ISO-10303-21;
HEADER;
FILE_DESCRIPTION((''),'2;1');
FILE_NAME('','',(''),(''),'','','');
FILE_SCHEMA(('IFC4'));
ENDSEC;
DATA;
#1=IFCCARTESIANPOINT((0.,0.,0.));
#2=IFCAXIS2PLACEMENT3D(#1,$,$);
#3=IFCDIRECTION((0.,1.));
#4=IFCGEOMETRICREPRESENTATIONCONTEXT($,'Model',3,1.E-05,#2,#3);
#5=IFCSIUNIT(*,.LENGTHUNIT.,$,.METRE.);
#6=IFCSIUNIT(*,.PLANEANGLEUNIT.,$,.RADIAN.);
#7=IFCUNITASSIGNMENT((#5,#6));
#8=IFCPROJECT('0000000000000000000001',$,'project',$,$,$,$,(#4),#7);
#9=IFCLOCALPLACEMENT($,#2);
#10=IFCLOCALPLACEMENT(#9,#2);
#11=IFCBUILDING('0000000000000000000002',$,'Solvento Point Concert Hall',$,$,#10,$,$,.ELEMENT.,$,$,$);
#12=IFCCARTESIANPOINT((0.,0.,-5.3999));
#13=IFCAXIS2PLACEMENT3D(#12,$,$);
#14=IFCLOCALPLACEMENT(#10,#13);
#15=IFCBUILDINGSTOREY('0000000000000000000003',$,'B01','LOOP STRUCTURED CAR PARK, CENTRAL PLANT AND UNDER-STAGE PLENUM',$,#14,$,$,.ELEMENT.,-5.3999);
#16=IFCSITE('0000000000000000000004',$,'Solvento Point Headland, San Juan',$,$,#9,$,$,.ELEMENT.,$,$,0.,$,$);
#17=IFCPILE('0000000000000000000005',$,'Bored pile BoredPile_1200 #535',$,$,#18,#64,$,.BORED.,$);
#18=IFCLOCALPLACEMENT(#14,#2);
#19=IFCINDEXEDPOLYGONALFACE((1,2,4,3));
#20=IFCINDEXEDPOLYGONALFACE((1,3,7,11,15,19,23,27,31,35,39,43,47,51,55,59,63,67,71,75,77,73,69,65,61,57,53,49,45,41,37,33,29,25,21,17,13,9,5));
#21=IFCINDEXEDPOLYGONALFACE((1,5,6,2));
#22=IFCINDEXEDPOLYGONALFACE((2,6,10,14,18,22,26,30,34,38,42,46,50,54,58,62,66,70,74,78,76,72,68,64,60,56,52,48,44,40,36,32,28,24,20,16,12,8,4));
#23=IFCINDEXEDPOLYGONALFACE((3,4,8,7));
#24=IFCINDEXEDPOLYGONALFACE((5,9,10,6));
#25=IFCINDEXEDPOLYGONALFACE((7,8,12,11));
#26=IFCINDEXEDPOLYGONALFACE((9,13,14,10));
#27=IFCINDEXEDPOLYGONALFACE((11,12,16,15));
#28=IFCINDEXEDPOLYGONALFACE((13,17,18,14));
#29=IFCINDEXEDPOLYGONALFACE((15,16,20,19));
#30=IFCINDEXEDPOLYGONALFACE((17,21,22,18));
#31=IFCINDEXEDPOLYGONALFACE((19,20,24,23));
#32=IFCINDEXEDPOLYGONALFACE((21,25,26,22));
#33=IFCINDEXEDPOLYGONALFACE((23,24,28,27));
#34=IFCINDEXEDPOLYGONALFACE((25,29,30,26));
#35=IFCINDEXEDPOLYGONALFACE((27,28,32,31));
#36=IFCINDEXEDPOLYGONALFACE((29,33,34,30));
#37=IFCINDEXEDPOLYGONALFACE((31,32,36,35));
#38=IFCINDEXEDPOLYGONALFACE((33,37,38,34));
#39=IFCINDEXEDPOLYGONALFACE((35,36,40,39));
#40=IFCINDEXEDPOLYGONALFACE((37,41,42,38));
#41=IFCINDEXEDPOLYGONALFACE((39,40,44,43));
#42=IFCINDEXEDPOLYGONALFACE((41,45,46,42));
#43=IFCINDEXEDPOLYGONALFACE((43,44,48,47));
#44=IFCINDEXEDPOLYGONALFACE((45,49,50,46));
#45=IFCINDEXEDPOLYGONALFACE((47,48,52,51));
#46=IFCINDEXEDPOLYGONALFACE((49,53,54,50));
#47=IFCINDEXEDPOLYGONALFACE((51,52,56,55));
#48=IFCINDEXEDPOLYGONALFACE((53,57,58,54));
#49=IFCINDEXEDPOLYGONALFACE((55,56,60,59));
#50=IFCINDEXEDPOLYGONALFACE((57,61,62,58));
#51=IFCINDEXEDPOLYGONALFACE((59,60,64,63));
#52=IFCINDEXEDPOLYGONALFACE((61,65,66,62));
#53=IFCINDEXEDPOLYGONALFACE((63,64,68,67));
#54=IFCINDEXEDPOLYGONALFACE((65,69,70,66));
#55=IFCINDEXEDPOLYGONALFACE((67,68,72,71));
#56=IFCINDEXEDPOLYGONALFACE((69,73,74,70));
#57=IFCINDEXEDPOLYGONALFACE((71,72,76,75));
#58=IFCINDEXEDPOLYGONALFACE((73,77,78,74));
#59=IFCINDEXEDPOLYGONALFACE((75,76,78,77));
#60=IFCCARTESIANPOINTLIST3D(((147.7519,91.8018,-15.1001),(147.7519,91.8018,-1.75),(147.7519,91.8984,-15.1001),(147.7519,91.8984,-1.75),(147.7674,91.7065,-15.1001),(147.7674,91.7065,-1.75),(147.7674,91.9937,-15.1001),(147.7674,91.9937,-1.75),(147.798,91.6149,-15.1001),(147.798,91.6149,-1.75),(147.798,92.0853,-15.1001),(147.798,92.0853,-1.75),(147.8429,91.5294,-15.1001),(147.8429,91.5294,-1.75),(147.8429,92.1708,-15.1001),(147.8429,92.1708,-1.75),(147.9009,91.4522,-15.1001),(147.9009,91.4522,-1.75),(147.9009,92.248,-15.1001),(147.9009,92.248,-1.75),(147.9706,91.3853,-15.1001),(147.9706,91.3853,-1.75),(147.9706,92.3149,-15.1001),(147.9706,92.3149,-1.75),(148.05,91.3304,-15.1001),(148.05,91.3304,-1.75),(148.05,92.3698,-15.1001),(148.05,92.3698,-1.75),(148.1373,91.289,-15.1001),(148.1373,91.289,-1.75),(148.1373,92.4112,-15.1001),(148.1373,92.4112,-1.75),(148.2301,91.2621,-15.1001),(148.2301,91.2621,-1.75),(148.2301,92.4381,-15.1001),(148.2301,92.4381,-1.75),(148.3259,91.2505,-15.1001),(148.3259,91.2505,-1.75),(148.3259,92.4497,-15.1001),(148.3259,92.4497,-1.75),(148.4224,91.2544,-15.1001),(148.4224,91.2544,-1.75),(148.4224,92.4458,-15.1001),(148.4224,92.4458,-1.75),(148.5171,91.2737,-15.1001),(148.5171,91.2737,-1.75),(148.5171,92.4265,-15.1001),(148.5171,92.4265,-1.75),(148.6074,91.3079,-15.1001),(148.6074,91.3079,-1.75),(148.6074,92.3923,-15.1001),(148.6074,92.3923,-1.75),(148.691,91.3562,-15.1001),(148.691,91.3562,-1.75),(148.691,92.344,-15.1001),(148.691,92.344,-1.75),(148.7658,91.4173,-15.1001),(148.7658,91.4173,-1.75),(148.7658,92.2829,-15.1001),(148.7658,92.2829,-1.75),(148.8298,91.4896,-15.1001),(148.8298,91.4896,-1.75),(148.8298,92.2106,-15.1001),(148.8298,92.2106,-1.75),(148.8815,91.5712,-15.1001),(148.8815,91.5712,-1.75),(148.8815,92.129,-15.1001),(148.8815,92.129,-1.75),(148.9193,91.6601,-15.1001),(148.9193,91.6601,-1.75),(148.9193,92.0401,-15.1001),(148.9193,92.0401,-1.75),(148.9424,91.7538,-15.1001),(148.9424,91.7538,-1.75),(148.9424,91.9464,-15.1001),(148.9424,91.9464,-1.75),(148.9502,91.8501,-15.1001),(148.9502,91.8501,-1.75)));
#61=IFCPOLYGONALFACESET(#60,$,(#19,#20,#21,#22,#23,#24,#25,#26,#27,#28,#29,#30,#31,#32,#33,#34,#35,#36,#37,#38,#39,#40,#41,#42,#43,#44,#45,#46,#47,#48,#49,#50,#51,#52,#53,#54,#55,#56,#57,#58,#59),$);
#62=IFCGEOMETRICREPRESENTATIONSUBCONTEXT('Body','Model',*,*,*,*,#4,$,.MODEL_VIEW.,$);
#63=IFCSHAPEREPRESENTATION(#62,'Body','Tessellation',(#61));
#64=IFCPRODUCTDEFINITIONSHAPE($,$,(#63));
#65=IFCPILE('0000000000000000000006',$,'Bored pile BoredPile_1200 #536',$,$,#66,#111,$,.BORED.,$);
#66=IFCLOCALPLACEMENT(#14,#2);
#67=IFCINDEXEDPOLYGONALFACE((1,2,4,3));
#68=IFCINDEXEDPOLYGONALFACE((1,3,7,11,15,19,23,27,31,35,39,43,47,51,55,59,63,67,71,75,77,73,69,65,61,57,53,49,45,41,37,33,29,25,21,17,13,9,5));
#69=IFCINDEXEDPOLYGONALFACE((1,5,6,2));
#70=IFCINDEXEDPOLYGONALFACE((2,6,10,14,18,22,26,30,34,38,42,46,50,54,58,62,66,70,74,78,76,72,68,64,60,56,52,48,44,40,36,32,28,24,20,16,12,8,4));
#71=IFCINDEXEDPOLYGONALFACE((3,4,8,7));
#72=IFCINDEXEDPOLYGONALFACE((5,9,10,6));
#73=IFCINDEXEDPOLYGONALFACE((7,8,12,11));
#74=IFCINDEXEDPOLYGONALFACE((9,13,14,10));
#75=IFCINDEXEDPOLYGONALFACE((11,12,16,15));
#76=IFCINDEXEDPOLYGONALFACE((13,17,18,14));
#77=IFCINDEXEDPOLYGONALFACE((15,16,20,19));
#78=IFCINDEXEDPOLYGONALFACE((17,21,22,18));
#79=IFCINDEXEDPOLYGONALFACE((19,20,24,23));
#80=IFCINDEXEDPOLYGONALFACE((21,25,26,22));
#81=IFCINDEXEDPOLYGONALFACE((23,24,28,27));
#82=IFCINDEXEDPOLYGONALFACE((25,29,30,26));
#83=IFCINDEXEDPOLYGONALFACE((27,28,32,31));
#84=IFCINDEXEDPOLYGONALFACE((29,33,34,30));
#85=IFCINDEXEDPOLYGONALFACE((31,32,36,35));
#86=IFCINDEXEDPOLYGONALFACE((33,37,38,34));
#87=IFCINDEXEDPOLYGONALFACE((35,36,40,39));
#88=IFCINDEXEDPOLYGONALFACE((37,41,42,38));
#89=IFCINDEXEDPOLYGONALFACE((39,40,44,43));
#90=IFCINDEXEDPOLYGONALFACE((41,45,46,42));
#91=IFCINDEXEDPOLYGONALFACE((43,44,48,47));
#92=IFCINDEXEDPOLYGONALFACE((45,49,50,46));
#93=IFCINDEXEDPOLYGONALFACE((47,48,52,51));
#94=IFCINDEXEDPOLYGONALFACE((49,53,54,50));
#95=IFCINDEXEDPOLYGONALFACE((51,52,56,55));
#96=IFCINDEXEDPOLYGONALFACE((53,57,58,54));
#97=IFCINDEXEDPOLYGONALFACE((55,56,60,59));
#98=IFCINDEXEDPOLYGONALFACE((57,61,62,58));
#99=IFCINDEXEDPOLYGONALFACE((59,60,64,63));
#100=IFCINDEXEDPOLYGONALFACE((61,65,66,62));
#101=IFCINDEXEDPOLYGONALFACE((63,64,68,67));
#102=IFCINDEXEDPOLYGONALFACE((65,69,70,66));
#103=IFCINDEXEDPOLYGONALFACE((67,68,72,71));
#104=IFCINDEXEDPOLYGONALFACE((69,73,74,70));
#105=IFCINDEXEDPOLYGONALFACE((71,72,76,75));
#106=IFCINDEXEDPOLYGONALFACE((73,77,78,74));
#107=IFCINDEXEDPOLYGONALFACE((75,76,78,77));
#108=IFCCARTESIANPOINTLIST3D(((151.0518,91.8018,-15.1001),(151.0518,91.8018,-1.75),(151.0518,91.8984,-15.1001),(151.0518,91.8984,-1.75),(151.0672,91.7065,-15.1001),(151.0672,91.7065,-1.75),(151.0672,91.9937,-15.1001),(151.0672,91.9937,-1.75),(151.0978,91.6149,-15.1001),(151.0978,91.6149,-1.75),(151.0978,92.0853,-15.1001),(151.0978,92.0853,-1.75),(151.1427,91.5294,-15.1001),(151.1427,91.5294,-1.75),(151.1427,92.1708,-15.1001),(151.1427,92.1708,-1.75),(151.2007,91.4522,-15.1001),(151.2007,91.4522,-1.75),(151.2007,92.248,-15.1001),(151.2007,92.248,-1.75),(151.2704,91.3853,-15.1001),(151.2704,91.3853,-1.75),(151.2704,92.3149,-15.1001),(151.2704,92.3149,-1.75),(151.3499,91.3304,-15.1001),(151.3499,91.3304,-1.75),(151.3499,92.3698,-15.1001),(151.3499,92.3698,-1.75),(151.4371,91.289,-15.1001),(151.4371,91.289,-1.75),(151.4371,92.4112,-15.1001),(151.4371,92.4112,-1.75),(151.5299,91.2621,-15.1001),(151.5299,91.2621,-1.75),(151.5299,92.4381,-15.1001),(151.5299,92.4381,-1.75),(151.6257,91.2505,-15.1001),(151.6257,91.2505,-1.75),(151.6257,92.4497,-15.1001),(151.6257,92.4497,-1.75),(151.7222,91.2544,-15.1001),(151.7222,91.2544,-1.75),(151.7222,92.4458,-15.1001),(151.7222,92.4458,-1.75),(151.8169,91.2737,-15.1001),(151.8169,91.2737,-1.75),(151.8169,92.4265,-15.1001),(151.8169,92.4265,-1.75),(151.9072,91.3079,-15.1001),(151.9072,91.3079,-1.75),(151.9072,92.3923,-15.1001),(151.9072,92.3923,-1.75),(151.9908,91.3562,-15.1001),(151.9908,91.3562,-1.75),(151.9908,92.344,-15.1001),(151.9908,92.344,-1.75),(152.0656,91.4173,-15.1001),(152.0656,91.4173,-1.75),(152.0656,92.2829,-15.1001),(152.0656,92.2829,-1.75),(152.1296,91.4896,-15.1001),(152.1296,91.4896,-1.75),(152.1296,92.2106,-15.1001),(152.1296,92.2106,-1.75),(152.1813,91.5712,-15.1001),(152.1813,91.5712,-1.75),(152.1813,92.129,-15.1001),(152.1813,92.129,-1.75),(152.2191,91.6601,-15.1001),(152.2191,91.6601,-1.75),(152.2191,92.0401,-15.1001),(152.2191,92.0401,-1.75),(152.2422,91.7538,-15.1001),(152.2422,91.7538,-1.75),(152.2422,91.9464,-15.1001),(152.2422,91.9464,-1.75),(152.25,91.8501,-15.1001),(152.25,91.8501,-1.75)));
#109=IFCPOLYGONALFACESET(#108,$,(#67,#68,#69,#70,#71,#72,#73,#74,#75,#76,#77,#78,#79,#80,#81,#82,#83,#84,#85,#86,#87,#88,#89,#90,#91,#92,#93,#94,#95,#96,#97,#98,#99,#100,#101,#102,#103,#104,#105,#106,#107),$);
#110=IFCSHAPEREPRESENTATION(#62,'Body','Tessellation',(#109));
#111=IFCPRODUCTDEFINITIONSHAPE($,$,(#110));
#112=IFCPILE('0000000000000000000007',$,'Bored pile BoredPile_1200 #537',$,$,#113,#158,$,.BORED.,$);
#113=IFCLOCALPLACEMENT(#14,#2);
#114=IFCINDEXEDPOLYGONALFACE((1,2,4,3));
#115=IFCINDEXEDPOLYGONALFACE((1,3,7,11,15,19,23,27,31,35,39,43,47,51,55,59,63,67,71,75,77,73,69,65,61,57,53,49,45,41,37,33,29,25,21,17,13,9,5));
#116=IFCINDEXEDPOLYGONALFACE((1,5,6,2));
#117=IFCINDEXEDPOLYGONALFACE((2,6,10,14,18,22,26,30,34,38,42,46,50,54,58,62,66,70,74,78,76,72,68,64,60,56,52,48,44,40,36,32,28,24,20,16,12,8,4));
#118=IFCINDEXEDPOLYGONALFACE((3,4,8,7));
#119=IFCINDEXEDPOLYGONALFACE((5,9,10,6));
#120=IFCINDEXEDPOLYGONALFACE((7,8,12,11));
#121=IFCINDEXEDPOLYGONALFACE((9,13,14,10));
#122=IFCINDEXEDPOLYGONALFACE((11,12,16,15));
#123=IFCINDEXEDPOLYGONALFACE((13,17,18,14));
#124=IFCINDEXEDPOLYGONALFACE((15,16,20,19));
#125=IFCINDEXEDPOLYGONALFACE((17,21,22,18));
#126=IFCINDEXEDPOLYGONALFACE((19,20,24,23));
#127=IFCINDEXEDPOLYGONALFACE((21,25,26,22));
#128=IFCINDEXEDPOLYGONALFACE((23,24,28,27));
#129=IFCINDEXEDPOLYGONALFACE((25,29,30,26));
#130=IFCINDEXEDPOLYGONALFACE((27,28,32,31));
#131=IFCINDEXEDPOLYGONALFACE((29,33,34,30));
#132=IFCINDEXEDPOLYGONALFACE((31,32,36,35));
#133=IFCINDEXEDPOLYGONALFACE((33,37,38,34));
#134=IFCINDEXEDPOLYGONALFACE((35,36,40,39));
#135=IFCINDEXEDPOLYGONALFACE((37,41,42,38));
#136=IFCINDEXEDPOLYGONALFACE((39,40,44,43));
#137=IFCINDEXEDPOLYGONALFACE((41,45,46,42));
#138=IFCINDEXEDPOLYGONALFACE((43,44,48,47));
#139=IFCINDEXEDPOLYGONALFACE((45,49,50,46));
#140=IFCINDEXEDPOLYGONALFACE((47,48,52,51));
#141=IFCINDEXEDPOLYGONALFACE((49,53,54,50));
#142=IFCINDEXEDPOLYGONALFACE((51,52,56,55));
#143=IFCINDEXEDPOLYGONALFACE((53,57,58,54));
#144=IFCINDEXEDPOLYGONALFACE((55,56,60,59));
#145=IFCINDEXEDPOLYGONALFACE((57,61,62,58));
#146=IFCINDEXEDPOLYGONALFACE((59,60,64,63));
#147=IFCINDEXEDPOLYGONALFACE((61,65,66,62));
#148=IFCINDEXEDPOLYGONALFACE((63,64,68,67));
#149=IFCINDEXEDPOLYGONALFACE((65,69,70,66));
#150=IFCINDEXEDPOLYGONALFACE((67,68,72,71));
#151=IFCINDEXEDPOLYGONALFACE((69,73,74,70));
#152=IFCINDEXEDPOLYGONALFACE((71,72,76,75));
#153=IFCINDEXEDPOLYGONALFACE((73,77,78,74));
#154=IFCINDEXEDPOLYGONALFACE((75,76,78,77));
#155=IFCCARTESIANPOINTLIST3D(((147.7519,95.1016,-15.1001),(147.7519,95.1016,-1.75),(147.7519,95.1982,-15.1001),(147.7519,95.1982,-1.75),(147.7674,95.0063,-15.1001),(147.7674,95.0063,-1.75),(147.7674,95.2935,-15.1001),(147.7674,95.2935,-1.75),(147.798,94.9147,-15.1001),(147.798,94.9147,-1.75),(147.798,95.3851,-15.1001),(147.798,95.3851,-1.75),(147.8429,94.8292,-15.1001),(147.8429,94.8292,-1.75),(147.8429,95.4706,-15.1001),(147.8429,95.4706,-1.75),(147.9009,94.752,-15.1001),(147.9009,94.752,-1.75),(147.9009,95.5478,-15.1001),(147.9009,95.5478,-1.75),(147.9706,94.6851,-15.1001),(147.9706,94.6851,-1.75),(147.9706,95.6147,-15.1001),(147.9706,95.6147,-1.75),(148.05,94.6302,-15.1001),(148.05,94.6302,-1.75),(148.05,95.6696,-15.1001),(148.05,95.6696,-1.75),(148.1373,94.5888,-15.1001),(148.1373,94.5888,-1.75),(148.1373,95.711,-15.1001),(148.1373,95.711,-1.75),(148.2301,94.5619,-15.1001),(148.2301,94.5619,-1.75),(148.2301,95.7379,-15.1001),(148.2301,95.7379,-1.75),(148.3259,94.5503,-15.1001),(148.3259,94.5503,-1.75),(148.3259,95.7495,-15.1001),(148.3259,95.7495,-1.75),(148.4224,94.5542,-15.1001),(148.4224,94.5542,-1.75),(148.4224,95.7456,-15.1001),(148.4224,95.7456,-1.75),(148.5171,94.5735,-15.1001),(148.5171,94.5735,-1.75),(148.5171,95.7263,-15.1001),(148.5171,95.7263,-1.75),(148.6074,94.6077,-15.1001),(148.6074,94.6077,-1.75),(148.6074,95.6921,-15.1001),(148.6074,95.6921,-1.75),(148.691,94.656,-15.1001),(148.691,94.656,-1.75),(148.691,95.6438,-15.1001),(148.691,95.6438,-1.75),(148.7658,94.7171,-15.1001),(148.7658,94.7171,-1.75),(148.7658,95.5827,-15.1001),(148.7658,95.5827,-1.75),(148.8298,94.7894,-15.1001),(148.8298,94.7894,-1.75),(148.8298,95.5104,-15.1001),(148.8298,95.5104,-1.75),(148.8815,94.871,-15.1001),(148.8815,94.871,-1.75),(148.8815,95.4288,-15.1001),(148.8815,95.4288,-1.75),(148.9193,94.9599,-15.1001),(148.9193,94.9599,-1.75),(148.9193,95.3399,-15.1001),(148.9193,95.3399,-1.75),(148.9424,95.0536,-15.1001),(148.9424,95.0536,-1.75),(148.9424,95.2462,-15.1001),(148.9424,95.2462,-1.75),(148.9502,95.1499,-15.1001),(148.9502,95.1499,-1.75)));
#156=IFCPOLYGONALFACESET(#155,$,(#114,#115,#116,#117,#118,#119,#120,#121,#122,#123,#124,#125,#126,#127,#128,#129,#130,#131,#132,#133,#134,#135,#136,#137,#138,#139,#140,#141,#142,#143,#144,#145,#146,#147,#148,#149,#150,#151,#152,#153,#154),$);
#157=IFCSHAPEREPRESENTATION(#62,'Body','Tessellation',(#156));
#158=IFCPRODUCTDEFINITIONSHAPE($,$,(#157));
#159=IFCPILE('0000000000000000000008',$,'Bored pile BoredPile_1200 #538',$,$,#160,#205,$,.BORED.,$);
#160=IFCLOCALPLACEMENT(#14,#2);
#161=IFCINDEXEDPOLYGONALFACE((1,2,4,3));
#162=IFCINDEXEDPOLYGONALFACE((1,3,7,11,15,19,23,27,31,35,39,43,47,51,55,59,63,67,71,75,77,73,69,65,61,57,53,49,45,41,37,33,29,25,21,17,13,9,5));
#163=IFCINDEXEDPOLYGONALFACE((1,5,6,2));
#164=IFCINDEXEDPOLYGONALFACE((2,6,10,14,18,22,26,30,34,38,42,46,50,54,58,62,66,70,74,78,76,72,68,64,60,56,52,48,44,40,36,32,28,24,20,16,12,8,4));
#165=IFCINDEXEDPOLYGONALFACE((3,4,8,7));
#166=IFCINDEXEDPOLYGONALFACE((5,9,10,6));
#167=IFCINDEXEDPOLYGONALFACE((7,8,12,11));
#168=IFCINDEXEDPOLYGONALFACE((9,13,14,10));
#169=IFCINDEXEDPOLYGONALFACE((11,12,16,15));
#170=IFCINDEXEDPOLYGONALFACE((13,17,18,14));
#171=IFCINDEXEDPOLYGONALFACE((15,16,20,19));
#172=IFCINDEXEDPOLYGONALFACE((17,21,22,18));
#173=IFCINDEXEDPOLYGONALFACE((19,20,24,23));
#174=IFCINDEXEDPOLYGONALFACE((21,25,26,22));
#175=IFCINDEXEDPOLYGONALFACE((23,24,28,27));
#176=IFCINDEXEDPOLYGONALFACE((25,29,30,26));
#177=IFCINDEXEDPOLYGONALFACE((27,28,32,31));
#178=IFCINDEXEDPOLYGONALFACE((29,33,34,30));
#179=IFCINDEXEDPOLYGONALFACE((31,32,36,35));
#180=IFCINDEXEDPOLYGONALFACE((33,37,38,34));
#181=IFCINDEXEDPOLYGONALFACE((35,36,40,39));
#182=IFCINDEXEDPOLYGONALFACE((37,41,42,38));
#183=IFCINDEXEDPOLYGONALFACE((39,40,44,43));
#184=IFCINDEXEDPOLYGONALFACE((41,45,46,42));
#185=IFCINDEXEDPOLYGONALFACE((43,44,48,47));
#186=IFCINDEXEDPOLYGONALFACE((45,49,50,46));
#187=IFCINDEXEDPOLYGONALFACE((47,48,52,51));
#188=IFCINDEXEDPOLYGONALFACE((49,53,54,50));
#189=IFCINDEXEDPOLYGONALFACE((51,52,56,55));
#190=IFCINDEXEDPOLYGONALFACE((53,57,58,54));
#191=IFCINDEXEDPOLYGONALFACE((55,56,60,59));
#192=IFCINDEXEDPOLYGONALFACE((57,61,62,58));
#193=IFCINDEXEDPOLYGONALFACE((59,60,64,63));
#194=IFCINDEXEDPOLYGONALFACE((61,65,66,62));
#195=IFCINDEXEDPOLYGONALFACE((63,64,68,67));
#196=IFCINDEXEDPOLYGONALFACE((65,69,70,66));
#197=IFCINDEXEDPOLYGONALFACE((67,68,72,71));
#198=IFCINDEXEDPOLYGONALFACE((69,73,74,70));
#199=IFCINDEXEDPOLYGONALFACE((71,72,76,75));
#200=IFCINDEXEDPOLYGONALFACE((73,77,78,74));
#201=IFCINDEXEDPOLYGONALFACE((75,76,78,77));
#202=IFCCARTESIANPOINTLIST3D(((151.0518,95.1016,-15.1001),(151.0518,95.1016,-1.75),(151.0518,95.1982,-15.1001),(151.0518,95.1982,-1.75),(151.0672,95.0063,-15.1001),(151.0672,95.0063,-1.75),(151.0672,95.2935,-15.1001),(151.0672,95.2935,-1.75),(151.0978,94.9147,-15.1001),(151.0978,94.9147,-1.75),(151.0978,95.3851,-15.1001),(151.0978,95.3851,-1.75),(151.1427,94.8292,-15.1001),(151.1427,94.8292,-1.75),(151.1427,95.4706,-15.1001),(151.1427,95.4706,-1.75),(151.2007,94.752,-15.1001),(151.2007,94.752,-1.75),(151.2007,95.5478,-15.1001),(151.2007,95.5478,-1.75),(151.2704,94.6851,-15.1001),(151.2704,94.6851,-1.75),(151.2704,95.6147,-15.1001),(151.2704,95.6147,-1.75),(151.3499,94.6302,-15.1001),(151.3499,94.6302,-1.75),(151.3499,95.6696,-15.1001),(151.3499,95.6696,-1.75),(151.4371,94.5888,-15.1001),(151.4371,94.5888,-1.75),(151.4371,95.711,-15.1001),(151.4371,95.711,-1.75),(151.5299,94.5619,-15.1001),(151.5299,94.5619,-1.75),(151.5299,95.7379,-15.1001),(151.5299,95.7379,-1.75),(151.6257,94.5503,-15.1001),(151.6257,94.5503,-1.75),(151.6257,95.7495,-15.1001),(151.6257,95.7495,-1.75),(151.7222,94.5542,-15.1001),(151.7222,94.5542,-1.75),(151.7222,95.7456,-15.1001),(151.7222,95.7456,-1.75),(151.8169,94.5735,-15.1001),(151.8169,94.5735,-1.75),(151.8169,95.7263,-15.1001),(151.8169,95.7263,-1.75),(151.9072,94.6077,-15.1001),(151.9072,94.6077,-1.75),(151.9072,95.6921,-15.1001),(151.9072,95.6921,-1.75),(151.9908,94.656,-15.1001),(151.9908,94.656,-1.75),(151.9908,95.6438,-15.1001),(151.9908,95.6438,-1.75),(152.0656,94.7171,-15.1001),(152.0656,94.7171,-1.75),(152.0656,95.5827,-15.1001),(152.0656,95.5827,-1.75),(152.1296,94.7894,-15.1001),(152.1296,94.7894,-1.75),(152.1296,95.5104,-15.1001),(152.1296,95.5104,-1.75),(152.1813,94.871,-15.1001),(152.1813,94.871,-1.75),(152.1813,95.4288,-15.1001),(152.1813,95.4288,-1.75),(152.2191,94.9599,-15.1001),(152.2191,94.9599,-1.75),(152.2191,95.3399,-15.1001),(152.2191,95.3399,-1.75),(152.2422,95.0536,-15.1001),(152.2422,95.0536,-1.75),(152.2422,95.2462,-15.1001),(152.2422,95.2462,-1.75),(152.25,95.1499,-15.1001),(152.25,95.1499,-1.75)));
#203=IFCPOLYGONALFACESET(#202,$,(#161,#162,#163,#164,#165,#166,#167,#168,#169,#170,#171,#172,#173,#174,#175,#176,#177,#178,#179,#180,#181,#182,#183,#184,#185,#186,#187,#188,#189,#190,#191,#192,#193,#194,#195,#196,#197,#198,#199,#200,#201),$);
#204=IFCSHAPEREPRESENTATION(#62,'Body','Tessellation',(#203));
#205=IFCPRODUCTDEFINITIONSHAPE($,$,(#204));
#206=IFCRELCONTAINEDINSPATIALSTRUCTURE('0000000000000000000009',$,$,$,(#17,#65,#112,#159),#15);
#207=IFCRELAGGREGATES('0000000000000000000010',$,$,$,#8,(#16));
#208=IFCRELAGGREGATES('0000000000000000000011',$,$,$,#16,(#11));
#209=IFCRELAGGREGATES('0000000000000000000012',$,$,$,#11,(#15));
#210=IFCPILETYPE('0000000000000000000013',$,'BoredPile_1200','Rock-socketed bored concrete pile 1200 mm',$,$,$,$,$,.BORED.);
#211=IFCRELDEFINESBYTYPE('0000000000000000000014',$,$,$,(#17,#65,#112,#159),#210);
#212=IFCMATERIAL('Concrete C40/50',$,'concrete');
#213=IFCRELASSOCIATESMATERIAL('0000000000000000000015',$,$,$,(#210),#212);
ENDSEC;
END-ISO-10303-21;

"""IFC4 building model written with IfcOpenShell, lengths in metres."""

from ifc_helpers import new_model, si_unit, direction, frame, origin, origin_2d, place, context, subcontext, project, spatial, circle, extrude, material, material_profile, profile_set, type_object, element, save


model = new_model("IFC4")

# Units and contexts
model_context = context("Model", 3, precision=1e-05, world=origin(), true_north=direction((0.0, 1.0)))
body_context = subcontext(model_context, "Body", "Model", "MODEL_VIEW")
ifc_project = project(units=[si_unit("LENGTHUNIT", "METRE"), si_unit("PLANEANGLEUNIT", "RADIAN")], contexts=[model_context])

# Site, building, storey
site_placement = place(None, origin())
site = spatial("IfcSite", under=ifc_project, at=site_placement, Name="Solvento Point Headland, San Juan", CompositionType="ELEMENT", RefElevation=0.0)
building_placement = place(site_placement, origin())
building = spatial("IfcBuilding", under=site, at=building_placement, Name="Solvento Point Concert Hall", CompositionType="ELEMENT")
storey_placement = place(building_placement, frame((0.0, 0.0, -5.3999)))
storey = spatial("IfcBuildingStorey", under=building, at=storey_placement, Name="B01", Description="LOOP STRUCTURED CAR PARK, CENTRAL PLANT AND UNDER-STAGE PLENUM", CompositionType="ELEMENT", Elevation=-5.3999)

# Piles
ifc_material_1 = material(Name="Concrete C40/50", Category="concrete")
ifc_material_profile_1 = material_profile(ifc_material_1, circle(Radius=0.6001, at=origin_2d()), Name="BP-1200")
ifc_profile_set_1 = profile_set([ifc_material_profile_1], Name="Concrete C40/50")
pile_type_1 = type_object("IfcPileType", Name="BoredPile_1200", Description="Rock-socketed bored concrete pile 1200 mm", PredefinedType="BORED", material=ifc_profile_set_1)
for number, where, z_axis, x_axis, name in (
    (1, (148.3501, 91.8501, -1.75), (0.0, 0.0, -1.0), (1.0, 0.0, 0.0), "Bored pile BoredPile_1200 #535"),
    (2, (151.6499, 91.8501, -1.75), (0.0, 0.0, -1.0), (1.0, 0.0, 0.0), "Bored pile BoredPile_1200 #536"),
    (3, (148.3501, 95.1499, -1.75), (0.0, 0.0, -1.0), (1.0, 0.0, 0.0), "Bored pile BoredPile_1200 #537"),
    (4, (151.6499, 95.1499, -1.75), (0.0, 0.0, -1.0), (1.0, 0.0, 0.0), "Bored pile BoredPile_1200 #538"),
):
    element("IfcPile", number, at=place(storey_placement, frame(where, z_axis=z_axis, x_axis=x_axis)), inside=storey, type_object=pile_type_1, Name=name, PredefinedType="BORED", context=body_context, shape_type="SweptSolid", body=[
        extrude(circle(Radius=0.6001, at=origin_2d()), origin(), (0.0, 0.0, 1.0), 13.3501),
    ])

save(model, "model.ifc")
